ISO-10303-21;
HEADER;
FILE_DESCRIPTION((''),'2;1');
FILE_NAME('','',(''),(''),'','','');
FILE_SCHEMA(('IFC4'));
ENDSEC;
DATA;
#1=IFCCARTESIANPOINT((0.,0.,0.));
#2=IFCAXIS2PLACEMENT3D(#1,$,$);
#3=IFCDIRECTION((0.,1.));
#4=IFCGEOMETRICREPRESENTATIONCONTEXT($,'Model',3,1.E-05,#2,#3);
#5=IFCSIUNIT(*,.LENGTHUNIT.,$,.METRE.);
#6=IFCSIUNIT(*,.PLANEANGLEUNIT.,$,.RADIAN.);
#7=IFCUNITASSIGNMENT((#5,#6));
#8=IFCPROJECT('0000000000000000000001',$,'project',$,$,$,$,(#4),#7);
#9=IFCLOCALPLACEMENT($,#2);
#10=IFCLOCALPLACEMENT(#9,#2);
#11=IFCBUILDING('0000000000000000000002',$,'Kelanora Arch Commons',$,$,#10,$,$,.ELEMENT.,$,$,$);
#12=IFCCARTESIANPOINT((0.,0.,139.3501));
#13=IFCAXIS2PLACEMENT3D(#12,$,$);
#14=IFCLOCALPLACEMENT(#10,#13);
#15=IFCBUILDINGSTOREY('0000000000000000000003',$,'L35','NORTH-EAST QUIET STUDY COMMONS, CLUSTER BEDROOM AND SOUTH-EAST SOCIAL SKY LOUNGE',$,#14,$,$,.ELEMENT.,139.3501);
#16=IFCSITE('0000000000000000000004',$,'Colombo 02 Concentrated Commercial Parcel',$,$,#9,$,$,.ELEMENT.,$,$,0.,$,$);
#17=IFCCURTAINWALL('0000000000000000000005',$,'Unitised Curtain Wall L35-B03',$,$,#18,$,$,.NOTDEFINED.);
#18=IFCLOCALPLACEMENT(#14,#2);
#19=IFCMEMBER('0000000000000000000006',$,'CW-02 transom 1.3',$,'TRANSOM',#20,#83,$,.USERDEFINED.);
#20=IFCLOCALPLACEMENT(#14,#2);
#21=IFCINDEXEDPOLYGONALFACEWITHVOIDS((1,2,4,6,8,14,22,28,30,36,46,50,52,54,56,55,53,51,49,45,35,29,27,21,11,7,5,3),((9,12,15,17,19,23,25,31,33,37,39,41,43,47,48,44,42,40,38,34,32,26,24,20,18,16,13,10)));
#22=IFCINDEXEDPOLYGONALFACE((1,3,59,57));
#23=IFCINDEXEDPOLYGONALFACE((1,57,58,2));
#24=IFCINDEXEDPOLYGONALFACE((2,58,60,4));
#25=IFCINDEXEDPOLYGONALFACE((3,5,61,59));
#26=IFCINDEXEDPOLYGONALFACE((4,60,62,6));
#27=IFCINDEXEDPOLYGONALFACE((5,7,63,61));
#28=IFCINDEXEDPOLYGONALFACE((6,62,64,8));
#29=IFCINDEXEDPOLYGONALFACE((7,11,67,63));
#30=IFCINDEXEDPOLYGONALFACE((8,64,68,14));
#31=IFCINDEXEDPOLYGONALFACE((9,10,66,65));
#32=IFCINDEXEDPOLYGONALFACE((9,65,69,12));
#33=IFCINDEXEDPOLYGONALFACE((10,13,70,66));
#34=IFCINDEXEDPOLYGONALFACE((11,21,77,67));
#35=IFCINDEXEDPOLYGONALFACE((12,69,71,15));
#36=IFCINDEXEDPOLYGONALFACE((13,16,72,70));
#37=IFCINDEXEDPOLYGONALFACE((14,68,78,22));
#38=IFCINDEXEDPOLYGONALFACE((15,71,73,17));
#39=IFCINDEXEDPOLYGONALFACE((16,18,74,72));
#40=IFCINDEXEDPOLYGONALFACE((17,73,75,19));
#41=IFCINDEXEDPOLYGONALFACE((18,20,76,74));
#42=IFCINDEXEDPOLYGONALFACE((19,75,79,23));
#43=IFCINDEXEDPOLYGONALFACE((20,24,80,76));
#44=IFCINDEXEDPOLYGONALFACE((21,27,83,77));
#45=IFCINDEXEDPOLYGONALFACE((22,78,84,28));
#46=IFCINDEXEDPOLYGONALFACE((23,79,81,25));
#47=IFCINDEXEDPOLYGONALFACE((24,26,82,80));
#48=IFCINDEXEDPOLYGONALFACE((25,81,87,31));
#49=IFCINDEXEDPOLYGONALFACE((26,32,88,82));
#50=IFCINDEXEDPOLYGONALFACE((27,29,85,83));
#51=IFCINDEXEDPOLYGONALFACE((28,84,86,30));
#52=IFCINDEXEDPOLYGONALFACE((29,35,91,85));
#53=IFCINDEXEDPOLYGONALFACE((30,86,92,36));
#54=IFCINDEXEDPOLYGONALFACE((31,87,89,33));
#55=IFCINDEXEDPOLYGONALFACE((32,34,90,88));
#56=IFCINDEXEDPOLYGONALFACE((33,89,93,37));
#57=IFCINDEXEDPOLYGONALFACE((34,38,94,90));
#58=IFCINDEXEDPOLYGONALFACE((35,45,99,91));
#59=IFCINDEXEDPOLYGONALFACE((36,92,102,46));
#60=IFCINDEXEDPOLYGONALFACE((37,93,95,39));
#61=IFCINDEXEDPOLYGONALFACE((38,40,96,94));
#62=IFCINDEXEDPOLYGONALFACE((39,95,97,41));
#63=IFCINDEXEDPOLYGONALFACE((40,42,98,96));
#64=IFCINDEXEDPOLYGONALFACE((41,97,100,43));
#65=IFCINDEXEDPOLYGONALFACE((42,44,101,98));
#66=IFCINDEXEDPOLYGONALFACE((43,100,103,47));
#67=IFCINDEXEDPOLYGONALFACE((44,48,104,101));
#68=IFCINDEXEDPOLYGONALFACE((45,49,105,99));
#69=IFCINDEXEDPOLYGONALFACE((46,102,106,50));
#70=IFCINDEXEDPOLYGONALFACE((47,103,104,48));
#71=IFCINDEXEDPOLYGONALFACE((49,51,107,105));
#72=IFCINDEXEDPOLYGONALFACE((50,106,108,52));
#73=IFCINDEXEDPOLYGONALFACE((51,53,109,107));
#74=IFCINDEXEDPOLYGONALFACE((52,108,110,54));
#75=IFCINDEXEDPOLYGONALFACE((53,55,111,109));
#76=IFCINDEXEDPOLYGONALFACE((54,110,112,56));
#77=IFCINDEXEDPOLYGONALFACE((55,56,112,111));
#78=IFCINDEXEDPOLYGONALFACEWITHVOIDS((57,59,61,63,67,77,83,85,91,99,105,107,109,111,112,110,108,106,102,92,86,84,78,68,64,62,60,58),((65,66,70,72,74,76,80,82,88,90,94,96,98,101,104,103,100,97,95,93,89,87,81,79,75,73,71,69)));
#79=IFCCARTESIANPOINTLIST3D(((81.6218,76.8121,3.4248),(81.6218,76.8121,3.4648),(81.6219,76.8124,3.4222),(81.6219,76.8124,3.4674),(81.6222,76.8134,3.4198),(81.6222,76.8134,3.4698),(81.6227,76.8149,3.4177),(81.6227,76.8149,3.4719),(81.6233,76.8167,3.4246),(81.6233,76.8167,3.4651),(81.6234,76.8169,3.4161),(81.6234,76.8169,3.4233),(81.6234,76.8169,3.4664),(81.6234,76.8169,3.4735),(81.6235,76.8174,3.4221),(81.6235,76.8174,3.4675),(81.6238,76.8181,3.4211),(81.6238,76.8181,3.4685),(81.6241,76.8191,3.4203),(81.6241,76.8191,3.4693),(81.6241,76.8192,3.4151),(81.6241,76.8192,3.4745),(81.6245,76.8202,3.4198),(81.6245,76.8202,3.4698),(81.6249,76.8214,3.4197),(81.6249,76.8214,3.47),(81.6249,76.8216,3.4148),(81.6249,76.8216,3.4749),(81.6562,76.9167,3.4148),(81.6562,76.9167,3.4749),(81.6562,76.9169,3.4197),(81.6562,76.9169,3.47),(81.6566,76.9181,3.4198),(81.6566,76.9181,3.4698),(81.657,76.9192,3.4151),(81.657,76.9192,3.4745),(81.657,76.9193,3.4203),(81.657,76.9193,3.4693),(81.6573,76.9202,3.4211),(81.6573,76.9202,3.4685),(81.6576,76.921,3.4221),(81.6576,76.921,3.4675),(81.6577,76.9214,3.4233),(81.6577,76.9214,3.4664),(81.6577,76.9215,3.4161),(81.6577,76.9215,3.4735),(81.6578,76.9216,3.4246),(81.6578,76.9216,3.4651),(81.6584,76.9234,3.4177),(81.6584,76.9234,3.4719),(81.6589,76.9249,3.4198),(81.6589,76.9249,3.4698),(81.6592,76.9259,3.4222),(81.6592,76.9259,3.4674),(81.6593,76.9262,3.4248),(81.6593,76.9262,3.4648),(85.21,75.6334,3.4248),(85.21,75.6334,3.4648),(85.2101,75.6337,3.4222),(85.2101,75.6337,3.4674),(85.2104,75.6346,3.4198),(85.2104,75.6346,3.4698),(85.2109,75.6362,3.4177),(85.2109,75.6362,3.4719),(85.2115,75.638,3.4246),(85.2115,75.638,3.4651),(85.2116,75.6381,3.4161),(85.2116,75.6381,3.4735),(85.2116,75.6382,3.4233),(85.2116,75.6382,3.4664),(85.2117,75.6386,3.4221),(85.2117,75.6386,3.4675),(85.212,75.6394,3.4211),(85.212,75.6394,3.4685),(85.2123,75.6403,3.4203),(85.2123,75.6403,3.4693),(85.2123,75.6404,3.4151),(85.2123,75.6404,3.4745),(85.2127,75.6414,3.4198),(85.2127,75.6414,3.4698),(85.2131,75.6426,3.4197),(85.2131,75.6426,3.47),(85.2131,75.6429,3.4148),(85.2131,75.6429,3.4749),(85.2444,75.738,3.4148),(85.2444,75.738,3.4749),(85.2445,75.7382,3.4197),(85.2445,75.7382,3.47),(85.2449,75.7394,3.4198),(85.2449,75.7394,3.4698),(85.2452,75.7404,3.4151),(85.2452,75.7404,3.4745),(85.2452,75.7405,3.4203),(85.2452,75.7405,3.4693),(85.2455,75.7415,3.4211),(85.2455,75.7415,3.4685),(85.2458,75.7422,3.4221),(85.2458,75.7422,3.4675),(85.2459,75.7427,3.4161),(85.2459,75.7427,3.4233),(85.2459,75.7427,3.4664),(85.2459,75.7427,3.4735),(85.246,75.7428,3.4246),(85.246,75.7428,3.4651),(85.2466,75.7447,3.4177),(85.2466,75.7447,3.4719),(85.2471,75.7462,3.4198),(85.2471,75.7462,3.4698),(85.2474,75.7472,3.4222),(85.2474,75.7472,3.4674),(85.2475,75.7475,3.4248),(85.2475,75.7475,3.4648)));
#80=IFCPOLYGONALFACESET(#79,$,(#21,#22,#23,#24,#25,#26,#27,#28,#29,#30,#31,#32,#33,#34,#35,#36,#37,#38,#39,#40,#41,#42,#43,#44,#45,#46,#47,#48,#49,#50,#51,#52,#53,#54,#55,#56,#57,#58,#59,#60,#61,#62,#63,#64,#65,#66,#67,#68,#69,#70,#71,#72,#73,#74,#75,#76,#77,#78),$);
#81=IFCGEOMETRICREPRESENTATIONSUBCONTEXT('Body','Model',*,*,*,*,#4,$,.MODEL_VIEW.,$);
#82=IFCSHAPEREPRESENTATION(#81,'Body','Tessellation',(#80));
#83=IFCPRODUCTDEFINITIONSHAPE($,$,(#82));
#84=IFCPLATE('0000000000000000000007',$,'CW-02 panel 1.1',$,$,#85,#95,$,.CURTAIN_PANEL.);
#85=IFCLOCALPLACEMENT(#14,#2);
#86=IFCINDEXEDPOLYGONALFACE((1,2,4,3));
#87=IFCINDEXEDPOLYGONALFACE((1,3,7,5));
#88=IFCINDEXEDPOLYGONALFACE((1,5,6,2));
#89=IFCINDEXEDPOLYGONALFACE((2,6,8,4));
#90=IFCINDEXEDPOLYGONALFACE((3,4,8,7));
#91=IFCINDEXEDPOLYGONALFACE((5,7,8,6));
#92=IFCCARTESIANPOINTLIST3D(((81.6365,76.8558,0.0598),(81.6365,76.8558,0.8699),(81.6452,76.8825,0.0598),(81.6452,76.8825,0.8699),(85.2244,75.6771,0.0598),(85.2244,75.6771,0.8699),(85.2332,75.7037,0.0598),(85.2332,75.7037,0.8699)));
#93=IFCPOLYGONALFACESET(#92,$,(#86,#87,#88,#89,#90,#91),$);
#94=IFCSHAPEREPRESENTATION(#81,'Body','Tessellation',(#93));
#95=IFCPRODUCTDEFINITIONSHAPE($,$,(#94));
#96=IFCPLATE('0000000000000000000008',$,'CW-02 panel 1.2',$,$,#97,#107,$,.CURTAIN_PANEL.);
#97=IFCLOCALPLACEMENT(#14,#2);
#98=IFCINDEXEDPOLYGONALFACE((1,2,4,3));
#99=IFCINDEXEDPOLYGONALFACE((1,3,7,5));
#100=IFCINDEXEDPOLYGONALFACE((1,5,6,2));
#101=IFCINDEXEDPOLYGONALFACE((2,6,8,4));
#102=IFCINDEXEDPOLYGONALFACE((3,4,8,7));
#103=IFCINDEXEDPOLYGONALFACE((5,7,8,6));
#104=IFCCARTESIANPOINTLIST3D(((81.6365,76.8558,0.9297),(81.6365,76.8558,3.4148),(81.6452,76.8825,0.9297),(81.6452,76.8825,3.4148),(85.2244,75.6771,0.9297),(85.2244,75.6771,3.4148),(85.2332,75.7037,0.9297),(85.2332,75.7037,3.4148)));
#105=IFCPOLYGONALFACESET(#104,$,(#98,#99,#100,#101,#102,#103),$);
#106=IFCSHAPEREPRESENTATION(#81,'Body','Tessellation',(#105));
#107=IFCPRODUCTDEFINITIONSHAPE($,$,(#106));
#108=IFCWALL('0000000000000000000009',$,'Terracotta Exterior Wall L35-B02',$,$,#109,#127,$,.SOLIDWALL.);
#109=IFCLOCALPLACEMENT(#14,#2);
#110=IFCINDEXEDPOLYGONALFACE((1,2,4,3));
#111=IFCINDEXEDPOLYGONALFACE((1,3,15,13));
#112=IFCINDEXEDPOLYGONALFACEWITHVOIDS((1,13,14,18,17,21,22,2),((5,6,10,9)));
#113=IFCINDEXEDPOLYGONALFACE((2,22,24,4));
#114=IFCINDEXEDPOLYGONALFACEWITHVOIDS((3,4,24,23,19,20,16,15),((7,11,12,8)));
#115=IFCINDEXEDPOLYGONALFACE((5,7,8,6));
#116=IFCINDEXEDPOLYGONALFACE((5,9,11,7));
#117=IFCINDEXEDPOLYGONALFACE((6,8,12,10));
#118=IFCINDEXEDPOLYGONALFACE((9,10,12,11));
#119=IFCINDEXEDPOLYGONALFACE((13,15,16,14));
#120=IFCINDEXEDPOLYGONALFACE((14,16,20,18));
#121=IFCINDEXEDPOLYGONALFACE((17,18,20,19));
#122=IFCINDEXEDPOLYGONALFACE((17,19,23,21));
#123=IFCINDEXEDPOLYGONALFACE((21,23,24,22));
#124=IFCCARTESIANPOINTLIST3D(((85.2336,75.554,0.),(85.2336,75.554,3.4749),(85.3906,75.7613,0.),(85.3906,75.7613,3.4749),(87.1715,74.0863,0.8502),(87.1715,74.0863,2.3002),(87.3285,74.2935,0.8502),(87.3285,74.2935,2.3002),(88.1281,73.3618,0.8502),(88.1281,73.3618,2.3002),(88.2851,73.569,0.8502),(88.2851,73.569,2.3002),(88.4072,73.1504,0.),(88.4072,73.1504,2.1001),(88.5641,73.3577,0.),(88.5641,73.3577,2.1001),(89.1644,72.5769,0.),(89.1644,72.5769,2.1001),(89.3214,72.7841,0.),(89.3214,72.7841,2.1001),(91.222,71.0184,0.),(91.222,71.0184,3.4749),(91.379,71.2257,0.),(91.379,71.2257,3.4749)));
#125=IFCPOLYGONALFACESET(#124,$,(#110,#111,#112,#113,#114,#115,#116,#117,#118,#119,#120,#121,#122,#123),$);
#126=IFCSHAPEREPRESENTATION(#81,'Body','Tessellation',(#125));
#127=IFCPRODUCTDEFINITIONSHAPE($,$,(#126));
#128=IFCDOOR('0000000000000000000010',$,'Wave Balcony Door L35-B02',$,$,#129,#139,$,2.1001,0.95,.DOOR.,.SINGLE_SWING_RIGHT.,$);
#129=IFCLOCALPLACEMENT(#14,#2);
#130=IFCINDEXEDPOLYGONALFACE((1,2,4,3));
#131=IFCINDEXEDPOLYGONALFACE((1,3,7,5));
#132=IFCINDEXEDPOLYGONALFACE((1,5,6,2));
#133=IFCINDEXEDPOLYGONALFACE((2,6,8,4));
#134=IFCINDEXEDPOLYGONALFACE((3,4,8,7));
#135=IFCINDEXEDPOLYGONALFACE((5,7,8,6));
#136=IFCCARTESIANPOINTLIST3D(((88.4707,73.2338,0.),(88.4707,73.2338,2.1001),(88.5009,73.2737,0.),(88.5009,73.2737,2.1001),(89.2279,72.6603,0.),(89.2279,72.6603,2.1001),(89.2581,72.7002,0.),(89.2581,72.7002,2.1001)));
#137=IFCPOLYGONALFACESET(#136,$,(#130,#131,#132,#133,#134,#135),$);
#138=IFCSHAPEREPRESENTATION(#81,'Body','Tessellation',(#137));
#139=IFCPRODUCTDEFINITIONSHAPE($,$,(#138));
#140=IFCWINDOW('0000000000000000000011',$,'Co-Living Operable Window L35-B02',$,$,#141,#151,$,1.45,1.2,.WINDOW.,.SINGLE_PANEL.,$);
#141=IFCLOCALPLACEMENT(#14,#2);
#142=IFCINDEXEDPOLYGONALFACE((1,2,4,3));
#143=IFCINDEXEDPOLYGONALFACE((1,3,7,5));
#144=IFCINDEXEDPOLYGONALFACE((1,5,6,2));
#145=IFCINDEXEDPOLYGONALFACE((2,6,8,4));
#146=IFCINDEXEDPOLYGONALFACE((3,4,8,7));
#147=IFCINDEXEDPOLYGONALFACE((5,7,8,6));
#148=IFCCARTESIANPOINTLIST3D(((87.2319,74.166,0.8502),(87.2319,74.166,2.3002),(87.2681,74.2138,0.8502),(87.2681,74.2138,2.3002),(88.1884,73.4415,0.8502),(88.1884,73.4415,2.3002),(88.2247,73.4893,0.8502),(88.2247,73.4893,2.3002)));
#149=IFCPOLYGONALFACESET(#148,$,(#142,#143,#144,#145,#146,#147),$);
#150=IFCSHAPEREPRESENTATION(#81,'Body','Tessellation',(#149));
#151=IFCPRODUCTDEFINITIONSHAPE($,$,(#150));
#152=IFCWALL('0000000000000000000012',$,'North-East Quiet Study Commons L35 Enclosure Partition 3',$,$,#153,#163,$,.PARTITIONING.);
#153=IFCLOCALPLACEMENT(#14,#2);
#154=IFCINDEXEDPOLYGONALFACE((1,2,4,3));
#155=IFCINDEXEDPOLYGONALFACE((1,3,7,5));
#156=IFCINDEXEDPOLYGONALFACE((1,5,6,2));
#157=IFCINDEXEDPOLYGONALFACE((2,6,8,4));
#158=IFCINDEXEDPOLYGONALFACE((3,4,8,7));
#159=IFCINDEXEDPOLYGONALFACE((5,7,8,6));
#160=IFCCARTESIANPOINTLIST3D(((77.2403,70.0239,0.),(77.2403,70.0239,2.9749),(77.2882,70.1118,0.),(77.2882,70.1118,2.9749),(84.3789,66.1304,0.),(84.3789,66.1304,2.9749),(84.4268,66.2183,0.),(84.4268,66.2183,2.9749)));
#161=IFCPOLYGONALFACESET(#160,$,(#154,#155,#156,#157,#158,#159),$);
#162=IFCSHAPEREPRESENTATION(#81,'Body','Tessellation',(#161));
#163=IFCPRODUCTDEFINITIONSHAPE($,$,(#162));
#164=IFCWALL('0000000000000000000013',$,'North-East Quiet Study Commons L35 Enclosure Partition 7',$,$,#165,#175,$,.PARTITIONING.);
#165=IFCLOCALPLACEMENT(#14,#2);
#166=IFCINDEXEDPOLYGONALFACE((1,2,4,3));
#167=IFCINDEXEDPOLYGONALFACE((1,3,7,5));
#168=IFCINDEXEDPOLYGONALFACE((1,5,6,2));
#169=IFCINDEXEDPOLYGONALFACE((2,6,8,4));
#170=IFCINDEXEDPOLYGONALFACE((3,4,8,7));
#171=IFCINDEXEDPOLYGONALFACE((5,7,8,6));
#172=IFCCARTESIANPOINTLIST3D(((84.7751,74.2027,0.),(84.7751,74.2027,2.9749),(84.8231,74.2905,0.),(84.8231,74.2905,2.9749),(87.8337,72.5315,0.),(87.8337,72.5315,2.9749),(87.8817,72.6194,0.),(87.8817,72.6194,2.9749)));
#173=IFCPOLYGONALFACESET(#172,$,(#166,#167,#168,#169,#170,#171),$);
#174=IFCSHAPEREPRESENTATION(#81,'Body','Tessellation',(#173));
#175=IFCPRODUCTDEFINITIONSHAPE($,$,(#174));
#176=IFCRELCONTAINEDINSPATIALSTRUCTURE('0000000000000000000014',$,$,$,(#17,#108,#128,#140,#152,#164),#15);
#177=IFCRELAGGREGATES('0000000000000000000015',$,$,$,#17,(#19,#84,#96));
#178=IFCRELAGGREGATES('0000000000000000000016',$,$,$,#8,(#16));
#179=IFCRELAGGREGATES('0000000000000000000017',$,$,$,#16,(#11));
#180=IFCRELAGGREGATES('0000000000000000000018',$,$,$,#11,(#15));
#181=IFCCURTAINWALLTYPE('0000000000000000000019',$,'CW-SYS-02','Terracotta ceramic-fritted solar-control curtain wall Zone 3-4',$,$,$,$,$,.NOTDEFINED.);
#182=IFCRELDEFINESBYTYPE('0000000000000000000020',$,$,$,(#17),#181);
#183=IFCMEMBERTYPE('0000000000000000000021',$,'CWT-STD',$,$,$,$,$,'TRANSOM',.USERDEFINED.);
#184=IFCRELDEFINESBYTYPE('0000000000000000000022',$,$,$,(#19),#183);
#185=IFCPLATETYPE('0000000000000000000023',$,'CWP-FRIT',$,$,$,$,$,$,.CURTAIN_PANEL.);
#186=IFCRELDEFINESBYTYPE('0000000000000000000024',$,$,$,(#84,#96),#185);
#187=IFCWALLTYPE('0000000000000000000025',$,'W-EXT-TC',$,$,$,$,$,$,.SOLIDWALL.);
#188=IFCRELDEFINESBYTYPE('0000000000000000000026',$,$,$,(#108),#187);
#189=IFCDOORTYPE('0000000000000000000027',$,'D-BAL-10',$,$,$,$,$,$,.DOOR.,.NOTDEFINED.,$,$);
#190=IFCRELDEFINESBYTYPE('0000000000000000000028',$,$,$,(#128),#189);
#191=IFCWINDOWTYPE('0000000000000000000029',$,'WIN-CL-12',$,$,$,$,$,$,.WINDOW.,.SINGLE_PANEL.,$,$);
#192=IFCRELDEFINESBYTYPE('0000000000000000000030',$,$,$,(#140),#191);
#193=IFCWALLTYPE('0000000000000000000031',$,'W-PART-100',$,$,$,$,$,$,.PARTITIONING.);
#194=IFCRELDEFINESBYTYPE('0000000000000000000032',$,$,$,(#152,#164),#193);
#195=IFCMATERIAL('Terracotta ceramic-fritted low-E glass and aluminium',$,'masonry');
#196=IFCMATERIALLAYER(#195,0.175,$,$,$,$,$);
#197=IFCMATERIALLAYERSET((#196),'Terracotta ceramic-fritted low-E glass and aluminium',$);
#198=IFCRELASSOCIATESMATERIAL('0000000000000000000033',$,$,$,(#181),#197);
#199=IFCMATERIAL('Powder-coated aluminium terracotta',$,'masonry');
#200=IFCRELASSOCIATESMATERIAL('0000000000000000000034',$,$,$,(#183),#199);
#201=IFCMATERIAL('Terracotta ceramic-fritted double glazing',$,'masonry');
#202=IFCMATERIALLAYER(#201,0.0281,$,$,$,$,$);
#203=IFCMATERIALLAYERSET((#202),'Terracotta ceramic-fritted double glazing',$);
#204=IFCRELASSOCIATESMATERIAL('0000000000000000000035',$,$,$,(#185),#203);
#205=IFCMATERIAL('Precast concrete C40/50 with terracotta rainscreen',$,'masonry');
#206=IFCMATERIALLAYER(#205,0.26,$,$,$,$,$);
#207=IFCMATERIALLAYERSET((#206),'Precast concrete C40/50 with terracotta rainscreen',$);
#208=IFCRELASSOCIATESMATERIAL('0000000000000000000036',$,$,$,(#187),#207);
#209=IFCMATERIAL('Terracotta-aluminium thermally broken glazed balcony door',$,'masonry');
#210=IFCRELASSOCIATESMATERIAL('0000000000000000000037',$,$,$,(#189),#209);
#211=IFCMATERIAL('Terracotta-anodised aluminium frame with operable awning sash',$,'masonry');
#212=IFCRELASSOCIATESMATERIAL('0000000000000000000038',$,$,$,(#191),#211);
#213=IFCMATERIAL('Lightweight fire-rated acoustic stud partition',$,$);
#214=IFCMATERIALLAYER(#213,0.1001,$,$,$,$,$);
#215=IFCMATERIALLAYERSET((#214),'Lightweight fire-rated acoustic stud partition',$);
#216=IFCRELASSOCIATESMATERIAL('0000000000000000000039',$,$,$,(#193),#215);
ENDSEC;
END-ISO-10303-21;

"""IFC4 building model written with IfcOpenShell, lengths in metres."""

from ifc_helpers import new_model, si_unit, direction, frame, frame_2d, origin, origin_2d, place, context, subcontext, project, spatial, rectangle, hollow_rectangle, extrude, source, transform, mapped, material, layer, layer_set, material_profile, profile_set, type_object, element, fill, aggregate, save


model = new_model("IFC4")

# Units and contexts
model_context = context("Model", 3, precision=1e-05, world=origin(), true_north=direction((0.0, 1.0)))
body_context = subcontext(model_context, "Body", "Model", "MODEL_VIEW")
ifc_project = project(units=[si_unit("LENGTHUNIT", "METRE"), si_unit("PLANEANGLEUNIT", "RADIAN")], contexts=[model_context])

# Site, building, storey
site_placement = place(None, origin())
site = spatial("IfcSite", under=ifc_project, at=site_placement, Name="Colombo 02 Concentrated Commercial Parcel", CompositionType="ELEMENT", RefElevation=0.0)
building_placement = place(site_placement, origin())
building = spatial("IfcBuilding", under=site, at=building_placement, Name="Kelanora Arch Commons", CompositionType="ELEMENT")
storey_placement = place(building_placement, frame((0.0, 0.0, 139.3501)))
storey = spatial("IfcBuildingStorey", under=building, at=storey_placement, Name="L35", Description="NORTH-EAST QUIET STUDY COMMONS, CLUSTER BEDROOM AND SOUTH-EAST SOCIAL SKY LOUNGE", CompositionType="ELEMENT", Elevation=139.3501)

# Curtain wall, member, plates
ifc_material_1 = material(Name="Terracotta ceramic-fritted low-E glass and aluminium", Category="masonry")
ifc_layer_1 = layer(ifc_material_1, 0.175)
ifc_layer_set_1 = layer_set([ifc_layer_1], Name="Terracotta ceramic-fritted low-E glass and aluminium")
curtain_wall_type = type_object("IfcCurtainWallType", Name="CW-SYS-02", Description="Terracotta ceramic-fritted solar-control curtain wall Zone 3-4", PredefinedType="NOTDEFINED", material=ifc_layer_set_1)
curtain_wall_placement = place(storey_placement, origin())
curtain_wall = element("IfcCurtainWall", 1, at=curtain_wall_placement, inside=storey, type_object=curtain_wall_type, Name="Unitised Curtain Wall L35-B03", PredefinedType="NOTDEFINED")
ifc_material_2 = material(Name="Powder-coated aluminium terracotta", Category="masonry")
ifc_material_profile_1 = material_profile(ifc_material_2, hollow_rectangle(XDim=0.1201, YDim=0.0601, WallThickness=0.0049, InnerFilletRadius=0.0049, OuterFilletRadius=0.01, at=origin_2d()), Name="CWT120x60")
ifc_profile_set_1 = profile_set([ifc_material_profile_1], Name="Powder-coated aluminium terracotta")
member_type_1 = type_object("IfcMemberType", Name="CWT-STD", ElementType="TRANSOM", PredefinedType="USERDEFINED", material=ifc_profile_set_1)
member_1_placement = place(storey_placement, frame((85.2288, 75.6904, 3.4448), z_axis=(-0.950051, 0.312094, 0.0), x_axis=(-0.312094, -0.950051, 0.0)))
member_1 = element("IfcMember", 2, at=member_1_placement, type_object=member_type_1, Name="CW-02 transom 1.3", ObjectType="TRANSOM", PredefinedType="USERDEFINED", context=body_context, shape_type="SweptSolid", body=[
    extrude(hollow_rectangle(XDim=0.1201, YDim=0.0601, WallThickness=0.0049, InnerFilletRadius=0.0049, OuterFilletRadius=0.01, at=origin_2d()), origin(), (0.0, 0.0, 1.0), 3.7769),
])
ifc_material_3 = material(Name="Terracotta ceramic-fritted double glazing", Category="masonry")
ifc_layer_2 = layer(ifc_material_3, 0.0281)
ifc_layer_set_2 = layer_set([ifc_layer_2], Name="Terracotta ceramic-fritted double glazing")
plate_type = type_object("IfcPlateType", Name="CWP-FRIT", PredefinedType="CURTAIN_PANEL", material=ifc_layer_set_2)
shared_shape_1 = source(origin(), body_context, "Body", "SweptSolid", [
    extrude(rectangle(XDim=3.7766, YDim=0.0281, at=origin_2d()), origin(), (0.0, 0.0, 1.0), 0.8101),
])
plate_1_placement = place(storey_placement, frame((83.4348, 76.2798, 0.0598), z_axis=(0.0, 0.0, 1.0), x_axis=(-0.95004, 0.312128, 0.0)))
plate_1 = element("IfcPlate", 3, at=plate_1_placement, type_object=plate_type, Name="CW-02 panel 1.1", PredefinedType="CURTAIN_PANEL", context=body_context, shape_type="MappedRepresentation", body=[
    mapped(shared_shape_1, transform((0.0, 0.0, 0.0), scale=1.0)),
])
shared_shape_2 = source(origin(), body_context, "Body", "SweptSolid", [
    extrude(rectangle(XDim=3.7766, YDim=0.0281, at=origin_2d()), origin(), (0.0, 0.0, 1.0), 2.4851),
])
plate_2_placement = place(storey_placement, frame((83.4348, 76.2798, 0.9297), z_axis=(0.0, 0.0, 1.0), x_axis=(-0.95004, 0.312128, 0.0)))
plate_2 = element("IfcPlate", 4, at=plate_2_placement, type_object=plate_type, Name="CW-02 panel 1.2", PredefinedType="CURTAIN_PANEL", context=body_context, shape_type="MappedRepresentation", body=[
    mapped(shared_shape_2, transform((0.0, 0.0, 0.0), scale=1.0)),
])
aggregate(curtain_wall, [member_1, plate_1, plate_2])

# Wall, openings, door, window
ifc_material_4 = material(Name="Precast concrete C40/50 with terracotta rainscreen", Category="masonry")
ifc_layer_3 = layer(ifc_material_4, 0.26)
ifc_layer_set_3 = layer_set([ifc_layer_3], Name="Precast concrete C40/50 with terracotta rainscreen")
wall_type_1 = type_object("IfcWallType", Name="W-EXT-TC", PredefinedType="SOLIDWALL", material=ifc_layer_set_3)
wall_1_placement = place(storey_placement, frame((91.3005, 71.1221, 0.0), z_axis=(0.0, 0.0, 1.0), x_axis=(-0.797164, 0.603763, 0.0)))
wall_1 = element("IfcWall", 5, at=wall_1_placement, inside=storey, type_object=wall_type_1, Name="Terracotta Exterior Wall L35-B02", PredefinedType="SOLIDWALL", context=body_context, shape_type="SweptSolid", body=[
    extrude(rectangle(XDim=7.5122, YDim=0.26, at=frame_2d((3.7561, 0.0))), origin(), (0.0, 0.0, 1.0), 3.4749),
])
opening_1_placement = place(wall_1_placement, frame((2.5811, 0.0, 0.0)))
opening_1 = element("IfcOpeningElement", 6, at=opening_1_placement, cuts=wall_1, PredefinedType="OPENING", context=body_context, shape_type="SweptSolid", body=[
    extrude(rectangle(XDim=0.95, YDim=2.1001, at=frame_2d((0.4751, 1.05))), frame((0.0, 0.1401, 0.0), z_axis=(0.0, -1.0, 0.0), x_axis=(1.0, 0.0, 0.0)), (0.0, 0.0, 1.0), 0.28),
])
opening_2_placement = place(wall_1_placement, frame((3.8811, 0.0, 0.8501)))
opening_2 = element("IfcOpeningElement", 7, at=opening_2_placement, cuts=wall_1, PredefinedType="OPENING", context=body_context, shape_type="SweptSolid", body=[
    extrude(rectangle(XDim=1.2, YDim=1.45, at=frame_2d((0.6001, 0.7251))), frame((0.0, 0.1401, 0.0), z_axis=(0.0, -1.0, 0.0), x_axis=(1.0, 0.0, 0.0)), (0.0, 0.0, 1.0), 0.28),
])
ifc_material_5 = material(Name="Terracotta-aluminium thermally broken glazed balcony door", Category="masonry")
door_type = type_object("IfcDoorType", Name="D-BAL-10", OperationType="NOTDEFINED", PredefinedType="DOOR", material=ifc_material_5)
door_placement = place(opening_1_placement, frame((0.95, 0.0, 0.0), z_axis=(0.0, 0.0, 1.0), x_axis=(-1.0, 0.0, 0.0)))
door = element("IfcDoor", 8, at=door_placement, inside=storey, type_object=door_type, Name="Wave Balcony Door L35-B02", OperationType="SINGLE_SWING_RIGHT", OverallHeight=2.1001, OverallWidth=0.95, PredefinedType="DOOR", context=body_context, shape_type="SweptSolid", body=[
    extrude(rectangle(XDim=0.95, YDim=2.1001, at=frame_2d((0.4751, 1.05))), frame((0.0, 0.0249, 0.0), z_axis=(0.0, -1.0, 0.0), x_axis=(1.0, 0.0, 0.0)), (0.0, 0.0, 1.0), 0.05),
])
fill(opening_1, door)
ifc_material_6 = material(Name="Terracotta-anodised aluminium frame with operable awning sash", Category="masonry")
window_type = type_object("IfcWindowType", Name="WIN-CL-12", PartitioningType="SINGLE_PANEL", PredefinedType="WINDOW", material=ifc_material_6)
window_placement = place(opening_2_placement, origin())
window = element("IfcWindow", 9, at=window_placement, inside=storey, type_object=window_type, Name="Co-Living Operable Window L35-B02", OverallHeight=1.45, OverallWidth=1.2, PartitioningType="SINGLE_PANEL", PredefinedType="WINDOW", context=body_context, shape_type="SweptSolid", body=[
    extrude(rectangle(XDim=1.2, YDim=1.45, at=frame_2d((0.6001, 0.7251))), frame((0.0, 0.03, 0.0), z_axis=(0.0, -1.0, 0.0), x_axis=(1.0, 0.0, 0.0)), (0.0, 0.0, 1.0), 0.0601),
])
fill(opening_2, window)

# Walls
ifc_material_7 = material(Name="Lightweight fire-rated acoustic stud partition")
ifc_layer_4 = layer(ifc_material_7, 0.1001)
ifc_layer_set_4 = layer_set([ifc_layer_4], Name="Lightweight fire-rated acoustic stud partition")
wall_type_2 = type_object("IfcWallType", Name="W-PART-100", PredefinedType="PARTITIONING", material=ifc_layer_set_4)
wall_2_placement = place(storey_placement, frame((84.4028, 66.1743, 0.0), z_axis=(0.0, 0.0, 1.0), x_axis=(-0.877909, 0.478827, 0.0)))
element("IfcWall", 10, at=wall_2_placement, inside=storey, type_object=wall_type_2, Name="North-East Quiet Study Commons L35 Enclosure Partition 3", PredefinedType="PARTITIONING", context=body_context, shape_type="SweptSolid", body=[
    extrude(rectangle(XDim=8.1313, YDim=0.1001, at=frame_2d((4.0657, 0.0))), origin(), (0.0, 0.0, 1.0), 2.9749),
])
wall_3_placement = place(storey_placement, frame((84.7991, 74.2466, 0.0), z_axis=(0.0, 0.0, 1.0), x_axis=(0.877555, -0.479475, 0.0)))
element("IfcWall", 11, at=wall_3_placement, inside=storey, type_object=wall_type_2, Name="North-East Quiet Study Commons L35 Enclosure Partition 7", PredefinedType="PARTITIONING", context=body_context, shape_type="SweptSolid", body=[
    extrude(rectangle(XDim=3.4854, YDim=0.1001, at=frame_2d((1.7427, 0.0))), origin(), (0.0, 0.0, 1.0), 2.9749),
])

save(model, "model.ifc")
